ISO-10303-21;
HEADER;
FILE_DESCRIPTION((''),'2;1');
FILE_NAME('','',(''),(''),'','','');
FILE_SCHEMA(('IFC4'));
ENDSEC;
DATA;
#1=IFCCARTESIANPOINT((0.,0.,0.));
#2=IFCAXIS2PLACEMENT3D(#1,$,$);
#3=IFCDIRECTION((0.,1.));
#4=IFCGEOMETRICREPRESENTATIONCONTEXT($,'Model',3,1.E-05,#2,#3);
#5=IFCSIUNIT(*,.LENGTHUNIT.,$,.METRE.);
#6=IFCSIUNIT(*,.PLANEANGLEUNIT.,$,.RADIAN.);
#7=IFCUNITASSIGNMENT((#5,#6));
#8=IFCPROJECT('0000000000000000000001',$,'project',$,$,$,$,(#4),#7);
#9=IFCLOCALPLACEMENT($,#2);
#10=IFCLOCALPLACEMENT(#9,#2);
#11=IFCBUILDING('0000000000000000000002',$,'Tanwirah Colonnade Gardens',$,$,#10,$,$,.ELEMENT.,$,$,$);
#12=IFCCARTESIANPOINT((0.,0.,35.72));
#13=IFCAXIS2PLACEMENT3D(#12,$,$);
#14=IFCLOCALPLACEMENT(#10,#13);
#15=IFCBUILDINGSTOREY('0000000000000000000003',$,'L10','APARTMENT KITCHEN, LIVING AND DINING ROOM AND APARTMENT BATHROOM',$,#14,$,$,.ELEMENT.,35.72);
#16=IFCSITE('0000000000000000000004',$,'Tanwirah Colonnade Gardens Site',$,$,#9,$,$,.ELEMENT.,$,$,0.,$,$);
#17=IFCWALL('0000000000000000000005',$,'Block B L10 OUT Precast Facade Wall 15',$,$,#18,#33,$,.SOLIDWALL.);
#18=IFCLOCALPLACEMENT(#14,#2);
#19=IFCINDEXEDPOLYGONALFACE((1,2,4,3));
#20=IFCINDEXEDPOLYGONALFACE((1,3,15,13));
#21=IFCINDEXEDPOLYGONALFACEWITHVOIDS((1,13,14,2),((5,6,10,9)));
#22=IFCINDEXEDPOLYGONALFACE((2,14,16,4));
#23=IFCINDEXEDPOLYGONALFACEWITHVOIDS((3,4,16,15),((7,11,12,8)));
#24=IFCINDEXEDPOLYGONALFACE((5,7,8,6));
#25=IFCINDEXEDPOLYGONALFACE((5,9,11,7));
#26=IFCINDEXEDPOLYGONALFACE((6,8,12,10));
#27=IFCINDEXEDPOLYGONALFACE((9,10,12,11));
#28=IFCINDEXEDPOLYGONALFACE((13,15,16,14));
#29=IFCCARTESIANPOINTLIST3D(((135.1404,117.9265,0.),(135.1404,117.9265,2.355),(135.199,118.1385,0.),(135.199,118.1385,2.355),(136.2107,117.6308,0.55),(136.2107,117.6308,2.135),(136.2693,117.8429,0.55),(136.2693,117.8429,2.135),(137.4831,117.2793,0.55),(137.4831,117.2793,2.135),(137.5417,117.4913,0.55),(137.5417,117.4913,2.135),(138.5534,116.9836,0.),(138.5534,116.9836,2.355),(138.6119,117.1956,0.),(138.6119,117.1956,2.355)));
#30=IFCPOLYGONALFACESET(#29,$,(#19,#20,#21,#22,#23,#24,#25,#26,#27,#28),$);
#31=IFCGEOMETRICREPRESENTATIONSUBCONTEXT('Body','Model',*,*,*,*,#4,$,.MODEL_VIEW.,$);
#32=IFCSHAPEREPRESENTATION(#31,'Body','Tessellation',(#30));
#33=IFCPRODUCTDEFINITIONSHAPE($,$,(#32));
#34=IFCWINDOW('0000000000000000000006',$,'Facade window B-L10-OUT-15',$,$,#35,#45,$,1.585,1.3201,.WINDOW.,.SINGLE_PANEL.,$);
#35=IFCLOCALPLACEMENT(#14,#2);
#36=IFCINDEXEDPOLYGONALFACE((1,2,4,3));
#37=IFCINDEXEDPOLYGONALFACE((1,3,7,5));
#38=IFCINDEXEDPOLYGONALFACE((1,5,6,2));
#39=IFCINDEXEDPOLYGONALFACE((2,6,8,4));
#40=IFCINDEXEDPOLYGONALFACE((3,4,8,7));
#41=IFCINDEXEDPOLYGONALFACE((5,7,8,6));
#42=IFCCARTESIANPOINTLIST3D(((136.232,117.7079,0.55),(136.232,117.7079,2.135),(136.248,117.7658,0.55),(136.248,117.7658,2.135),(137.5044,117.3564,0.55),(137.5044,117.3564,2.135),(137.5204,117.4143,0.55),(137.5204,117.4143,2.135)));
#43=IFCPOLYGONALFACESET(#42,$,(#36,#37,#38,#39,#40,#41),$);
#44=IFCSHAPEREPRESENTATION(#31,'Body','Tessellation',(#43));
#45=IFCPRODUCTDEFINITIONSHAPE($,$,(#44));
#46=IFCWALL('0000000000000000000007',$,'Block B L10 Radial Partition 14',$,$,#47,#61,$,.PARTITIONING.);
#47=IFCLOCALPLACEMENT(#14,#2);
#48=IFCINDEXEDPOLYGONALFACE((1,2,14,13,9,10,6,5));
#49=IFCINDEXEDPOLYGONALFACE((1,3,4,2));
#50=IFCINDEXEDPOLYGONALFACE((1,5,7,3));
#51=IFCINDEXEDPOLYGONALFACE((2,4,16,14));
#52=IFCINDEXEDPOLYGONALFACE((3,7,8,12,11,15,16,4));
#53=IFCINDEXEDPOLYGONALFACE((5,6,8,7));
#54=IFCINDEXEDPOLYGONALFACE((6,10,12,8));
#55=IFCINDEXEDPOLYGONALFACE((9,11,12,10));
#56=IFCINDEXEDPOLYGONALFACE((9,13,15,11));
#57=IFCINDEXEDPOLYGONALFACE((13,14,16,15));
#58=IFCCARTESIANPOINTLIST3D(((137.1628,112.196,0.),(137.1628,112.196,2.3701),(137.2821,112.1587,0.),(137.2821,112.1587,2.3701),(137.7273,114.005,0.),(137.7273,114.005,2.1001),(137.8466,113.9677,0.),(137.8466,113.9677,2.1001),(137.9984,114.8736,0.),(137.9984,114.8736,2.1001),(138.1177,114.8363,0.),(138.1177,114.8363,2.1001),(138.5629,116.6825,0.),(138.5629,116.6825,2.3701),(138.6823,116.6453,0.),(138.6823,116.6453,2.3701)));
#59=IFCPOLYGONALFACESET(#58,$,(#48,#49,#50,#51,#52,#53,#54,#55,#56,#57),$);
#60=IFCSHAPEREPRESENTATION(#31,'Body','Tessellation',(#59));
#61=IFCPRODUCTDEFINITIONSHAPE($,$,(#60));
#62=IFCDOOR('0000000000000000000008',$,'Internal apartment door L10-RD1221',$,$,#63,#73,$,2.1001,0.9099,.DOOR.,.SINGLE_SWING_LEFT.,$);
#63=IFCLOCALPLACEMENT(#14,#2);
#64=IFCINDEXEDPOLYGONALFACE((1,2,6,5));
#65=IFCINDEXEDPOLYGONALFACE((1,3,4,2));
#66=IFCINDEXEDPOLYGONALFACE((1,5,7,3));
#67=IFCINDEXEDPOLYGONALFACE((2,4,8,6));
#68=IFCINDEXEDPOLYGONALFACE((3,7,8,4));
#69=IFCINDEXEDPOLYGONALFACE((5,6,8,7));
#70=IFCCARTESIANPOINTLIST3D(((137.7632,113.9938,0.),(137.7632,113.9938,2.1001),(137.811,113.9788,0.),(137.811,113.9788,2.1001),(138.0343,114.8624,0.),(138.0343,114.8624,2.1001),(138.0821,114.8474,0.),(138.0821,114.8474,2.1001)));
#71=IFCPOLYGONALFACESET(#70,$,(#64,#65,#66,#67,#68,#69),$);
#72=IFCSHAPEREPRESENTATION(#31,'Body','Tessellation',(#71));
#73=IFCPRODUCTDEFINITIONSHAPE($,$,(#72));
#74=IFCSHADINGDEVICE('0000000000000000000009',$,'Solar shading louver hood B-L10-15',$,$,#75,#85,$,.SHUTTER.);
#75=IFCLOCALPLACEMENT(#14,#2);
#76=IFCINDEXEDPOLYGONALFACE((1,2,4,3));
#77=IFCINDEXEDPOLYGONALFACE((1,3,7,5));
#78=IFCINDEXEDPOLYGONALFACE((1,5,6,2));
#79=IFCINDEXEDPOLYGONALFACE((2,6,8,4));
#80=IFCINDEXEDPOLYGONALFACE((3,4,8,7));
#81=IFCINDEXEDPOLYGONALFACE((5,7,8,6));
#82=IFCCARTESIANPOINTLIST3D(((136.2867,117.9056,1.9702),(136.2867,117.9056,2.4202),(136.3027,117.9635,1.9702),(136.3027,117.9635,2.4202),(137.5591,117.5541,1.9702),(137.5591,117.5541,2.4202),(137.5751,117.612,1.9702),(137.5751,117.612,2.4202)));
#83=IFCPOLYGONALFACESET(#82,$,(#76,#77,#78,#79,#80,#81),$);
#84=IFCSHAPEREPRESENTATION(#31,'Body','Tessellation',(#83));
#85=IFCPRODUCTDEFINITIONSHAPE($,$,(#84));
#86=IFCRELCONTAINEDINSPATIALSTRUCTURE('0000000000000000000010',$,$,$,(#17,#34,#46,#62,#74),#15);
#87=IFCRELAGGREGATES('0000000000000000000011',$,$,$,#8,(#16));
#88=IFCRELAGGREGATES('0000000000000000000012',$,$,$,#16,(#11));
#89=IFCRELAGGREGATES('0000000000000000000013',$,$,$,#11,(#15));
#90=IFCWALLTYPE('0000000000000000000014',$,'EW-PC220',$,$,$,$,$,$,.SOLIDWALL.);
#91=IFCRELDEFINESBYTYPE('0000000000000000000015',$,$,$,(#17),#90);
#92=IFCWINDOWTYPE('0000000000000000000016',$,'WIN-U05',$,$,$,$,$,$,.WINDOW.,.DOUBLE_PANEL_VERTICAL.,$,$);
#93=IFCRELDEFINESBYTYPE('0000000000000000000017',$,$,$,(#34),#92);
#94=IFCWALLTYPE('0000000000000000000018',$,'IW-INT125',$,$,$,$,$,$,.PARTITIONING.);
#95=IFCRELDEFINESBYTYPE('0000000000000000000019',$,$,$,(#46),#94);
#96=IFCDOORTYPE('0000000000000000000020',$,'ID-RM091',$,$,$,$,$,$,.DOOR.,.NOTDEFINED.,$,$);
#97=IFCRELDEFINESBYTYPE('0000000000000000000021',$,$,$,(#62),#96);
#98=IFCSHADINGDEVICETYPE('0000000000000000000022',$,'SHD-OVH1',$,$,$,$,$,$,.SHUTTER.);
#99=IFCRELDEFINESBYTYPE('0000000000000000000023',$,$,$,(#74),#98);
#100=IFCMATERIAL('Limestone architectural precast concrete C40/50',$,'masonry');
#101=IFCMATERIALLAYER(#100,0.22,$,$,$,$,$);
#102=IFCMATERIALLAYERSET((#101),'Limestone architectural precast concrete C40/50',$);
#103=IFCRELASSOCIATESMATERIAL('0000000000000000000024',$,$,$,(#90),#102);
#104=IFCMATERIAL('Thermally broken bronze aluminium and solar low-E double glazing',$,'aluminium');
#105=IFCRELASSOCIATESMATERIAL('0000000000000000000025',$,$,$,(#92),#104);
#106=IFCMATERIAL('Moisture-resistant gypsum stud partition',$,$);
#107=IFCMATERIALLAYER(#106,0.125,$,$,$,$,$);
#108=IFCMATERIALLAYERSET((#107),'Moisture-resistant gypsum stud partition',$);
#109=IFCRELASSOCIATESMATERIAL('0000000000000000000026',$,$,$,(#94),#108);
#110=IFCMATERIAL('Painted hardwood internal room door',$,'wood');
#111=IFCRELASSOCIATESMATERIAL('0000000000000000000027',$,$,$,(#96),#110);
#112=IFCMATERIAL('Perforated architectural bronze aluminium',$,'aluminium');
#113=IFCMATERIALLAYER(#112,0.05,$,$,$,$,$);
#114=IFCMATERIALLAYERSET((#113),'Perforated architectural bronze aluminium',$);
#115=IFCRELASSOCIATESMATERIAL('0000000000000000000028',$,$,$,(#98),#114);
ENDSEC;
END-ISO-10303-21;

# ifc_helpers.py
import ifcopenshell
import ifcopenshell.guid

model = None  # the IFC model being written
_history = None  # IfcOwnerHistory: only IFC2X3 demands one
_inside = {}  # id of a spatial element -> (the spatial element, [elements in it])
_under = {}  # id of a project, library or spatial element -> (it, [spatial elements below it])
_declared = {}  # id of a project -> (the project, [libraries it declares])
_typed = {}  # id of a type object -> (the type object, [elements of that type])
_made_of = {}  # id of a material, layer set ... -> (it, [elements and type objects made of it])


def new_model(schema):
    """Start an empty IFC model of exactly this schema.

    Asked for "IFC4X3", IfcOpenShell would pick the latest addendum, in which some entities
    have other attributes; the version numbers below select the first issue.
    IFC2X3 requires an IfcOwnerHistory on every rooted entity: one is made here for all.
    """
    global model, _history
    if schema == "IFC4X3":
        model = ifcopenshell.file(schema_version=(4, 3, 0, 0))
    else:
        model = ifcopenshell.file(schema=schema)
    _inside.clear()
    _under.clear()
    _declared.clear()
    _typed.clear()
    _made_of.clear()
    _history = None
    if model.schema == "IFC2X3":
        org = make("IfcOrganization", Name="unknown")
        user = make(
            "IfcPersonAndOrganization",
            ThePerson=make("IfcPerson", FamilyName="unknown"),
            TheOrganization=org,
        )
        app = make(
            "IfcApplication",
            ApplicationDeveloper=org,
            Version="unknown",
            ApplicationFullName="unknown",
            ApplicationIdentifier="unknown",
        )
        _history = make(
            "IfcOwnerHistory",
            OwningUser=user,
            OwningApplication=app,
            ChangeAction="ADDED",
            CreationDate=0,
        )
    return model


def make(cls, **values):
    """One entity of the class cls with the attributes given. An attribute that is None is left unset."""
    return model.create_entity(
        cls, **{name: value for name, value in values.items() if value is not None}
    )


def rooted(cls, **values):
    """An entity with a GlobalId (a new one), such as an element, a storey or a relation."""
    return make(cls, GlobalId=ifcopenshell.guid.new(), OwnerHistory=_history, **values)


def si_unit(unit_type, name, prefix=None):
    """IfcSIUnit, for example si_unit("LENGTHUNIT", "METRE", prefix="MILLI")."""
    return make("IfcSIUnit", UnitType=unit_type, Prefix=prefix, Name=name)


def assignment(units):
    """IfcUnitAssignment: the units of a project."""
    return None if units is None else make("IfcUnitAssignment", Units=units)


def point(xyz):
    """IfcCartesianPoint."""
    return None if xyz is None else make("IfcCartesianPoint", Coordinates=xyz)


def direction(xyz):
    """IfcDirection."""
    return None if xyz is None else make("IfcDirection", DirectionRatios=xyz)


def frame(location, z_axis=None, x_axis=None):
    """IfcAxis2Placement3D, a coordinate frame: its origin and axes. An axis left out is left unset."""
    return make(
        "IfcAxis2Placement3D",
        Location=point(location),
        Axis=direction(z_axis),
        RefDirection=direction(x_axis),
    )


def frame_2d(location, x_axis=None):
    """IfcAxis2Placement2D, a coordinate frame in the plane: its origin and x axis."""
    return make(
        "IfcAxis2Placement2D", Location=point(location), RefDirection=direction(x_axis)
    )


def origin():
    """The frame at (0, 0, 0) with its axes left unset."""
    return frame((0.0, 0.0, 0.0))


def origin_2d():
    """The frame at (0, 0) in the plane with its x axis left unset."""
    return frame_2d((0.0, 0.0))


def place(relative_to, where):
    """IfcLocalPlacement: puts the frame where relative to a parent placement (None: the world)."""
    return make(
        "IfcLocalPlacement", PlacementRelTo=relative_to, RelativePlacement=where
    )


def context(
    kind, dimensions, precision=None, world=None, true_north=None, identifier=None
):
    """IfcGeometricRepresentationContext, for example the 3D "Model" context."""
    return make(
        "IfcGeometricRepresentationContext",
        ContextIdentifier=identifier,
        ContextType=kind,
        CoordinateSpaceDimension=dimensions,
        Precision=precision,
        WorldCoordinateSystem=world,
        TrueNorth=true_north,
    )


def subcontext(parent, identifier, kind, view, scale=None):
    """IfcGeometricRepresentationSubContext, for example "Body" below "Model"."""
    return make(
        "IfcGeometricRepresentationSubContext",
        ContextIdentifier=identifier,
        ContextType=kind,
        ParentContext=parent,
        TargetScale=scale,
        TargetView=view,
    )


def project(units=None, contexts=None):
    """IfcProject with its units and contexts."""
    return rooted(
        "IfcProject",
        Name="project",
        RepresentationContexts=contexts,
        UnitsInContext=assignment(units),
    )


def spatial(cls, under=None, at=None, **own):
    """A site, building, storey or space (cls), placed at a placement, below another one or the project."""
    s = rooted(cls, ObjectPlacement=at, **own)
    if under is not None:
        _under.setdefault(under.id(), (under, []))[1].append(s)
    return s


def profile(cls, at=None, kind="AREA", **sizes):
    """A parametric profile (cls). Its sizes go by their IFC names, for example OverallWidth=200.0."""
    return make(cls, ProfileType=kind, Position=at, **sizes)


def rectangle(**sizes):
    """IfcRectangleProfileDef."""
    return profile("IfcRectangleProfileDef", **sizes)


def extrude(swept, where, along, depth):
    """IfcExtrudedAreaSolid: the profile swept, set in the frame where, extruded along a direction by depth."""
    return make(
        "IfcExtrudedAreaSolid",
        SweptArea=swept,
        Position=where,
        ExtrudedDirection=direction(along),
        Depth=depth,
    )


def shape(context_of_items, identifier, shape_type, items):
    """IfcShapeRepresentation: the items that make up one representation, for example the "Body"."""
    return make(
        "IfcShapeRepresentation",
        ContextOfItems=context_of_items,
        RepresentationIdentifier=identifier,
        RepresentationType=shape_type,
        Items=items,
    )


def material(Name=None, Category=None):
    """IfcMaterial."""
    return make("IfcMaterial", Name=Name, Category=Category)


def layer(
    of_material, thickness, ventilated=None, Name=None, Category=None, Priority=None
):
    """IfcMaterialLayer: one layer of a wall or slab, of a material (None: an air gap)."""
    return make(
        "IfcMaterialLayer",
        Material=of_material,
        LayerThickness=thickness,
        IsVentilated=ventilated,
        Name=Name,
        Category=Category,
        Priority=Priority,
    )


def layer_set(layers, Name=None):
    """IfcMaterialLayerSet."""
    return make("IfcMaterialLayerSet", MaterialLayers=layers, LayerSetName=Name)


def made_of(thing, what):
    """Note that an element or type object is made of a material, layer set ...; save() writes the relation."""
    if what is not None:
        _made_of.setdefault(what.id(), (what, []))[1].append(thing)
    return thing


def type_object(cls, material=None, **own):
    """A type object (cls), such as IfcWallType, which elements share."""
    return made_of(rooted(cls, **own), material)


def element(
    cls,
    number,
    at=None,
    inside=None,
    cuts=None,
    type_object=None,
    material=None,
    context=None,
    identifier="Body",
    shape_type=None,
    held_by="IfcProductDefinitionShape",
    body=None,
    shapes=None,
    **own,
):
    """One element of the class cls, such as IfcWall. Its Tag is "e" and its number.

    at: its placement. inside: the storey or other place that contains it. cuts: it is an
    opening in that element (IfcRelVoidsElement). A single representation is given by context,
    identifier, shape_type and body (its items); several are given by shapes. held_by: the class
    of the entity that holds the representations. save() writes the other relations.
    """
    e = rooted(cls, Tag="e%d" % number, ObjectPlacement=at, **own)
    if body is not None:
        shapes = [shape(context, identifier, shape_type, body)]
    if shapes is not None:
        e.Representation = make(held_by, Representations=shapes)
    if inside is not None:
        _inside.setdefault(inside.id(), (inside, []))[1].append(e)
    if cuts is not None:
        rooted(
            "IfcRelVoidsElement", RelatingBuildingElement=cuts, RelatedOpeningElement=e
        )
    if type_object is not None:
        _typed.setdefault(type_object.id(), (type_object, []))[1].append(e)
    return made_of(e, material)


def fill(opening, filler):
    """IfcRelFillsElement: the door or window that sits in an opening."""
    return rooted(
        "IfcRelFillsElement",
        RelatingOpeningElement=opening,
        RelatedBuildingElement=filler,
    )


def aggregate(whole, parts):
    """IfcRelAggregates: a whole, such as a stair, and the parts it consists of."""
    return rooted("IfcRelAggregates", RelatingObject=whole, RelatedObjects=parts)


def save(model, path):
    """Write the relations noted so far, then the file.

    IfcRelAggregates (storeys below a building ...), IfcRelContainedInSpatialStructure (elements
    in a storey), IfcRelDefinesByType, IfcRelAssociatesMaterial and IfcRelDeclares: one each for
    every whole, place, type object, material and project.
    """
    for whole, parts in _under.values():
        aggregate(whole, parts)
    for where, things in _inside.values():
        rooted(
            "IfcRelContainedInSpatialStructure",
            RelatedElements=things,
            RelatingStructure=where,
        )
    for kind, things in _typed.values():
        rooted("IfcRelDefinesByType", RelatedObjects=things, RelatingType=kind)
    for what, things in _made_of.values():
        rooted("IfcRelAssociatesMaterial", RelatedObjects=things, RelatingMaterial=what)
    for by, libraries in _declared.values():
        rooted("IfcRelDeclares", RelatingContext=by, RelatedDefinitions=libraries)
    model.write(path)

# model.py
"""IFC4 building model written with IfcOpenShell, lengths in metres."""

from ifc_helpers import new_model, si_unit, direction, frame, frame_2d, origin, origin_2d, place, context, subcontext, project, spatial, rectangle, extrude, material, layer, layer_set, type_object, element, fill, save


model = new_model("IFC4")

# Units and contexts
model_context = context("Model", 3, precision=1e-05, world=origin(), true_north=direction((0.0, 1.0)))
body_context = subcontext(model_context, "Body", "Model", "MODEL_VIEW")
ifc_project = project(units=[si_unit("LENGTHUNIT", "METRE"), si_unit("PLANEANGLEUNIT", "RADIAN")], contexts=[model_context])

# Site, building, storey
site_placement = place(None, origin())
site = spatial("IfcSite", under=ifc_project, at=site_placement, Name="Tanwirah Colonnade Gardens Site", CompositionType="ELEMENT", RefElevation=0.0)
building_placement = place(site_placement, origin())
building = spatial("IfcBuilding", under=site, at=building_placement, Name="Tanwirah Colonnade Gardens", CompositionType="ELEMENT")
storey_placement = place(building_placement, frame((0.0, 0.0, 35.72)))
storey = spatial("IfcBuildingStorey", under=building, at=storey_placement, Name="L10", Description="APARTMENT KITCHEN, LIVING AND DINING ROOM AND APARTMENT BATHROOM", CompositionType="ELEMENT", Elevation=35.72)

# Wall, opening, window
ifc_material_1 = material(Name="Limestone architectural precast concrete C40/50", Category="masonry")
ifc_layer_1 = layer(ifc_material_1, 0.22)
ifc_layer_set_1 = layer_set([ifc_layer_1], Name="Limestone architectural precast concrete C40/50")
wall_type_1 = type_object("IfcWallType", Name="EW-PC220", PredefinedType="SOLIDWALL", material=ifc_layer_set_1)
ifc_material_2 = material(Name="Thermally broken bronze aluminium and solar low-E double glazing", Category="aluminium")
wall_1_placement = place(storey_placement, frame((138.5828, 117.0896, 0.0), z_axis=(0.0, 0.0, 1.0), x_axis=(-0.963891, 0.266296, 0.0)))
wall_1 = element("IfcWall", 1, at=wall_1_placement, inside=storey, type_object=wall_type_1, Name="Block B L10 OUT Precast Facade Wall 15", PredefinedType="SOLIDWALL", context=body_context, shape_type="SweptSolid", body=[
    extrude(rectangle(XDim=3.5408, YDim=0.22, at=frame_2d((1.7705, 0.0))), origin(), (0.0, 0.0, 1.0), 2.355),
])
opening_1_placement = place(wall_1_placement, frame((1.1104, 0.0, 0.55)))
opening_1 = element("IfcOpeningElement", 2, at=opening_1_placement, cuts=wall_1, PredefinedType="OPENING", context=body_context, shape_type="SweptSolid", body=[
    extrude(rectangle(XDim=1.3201, YDim=1.585, at=frame_2d((0.6602, 0.7925))), frame((0.0, 0.1199, 0.0), z_axis=(0.0, -1.0, 0.0), x_axis=(1.0, 0.0, 0.0)), (0.0, 0.0, 1.0), 0.24),
])
window_type_1 = type_object("IfcWindowType", Name="WIN-U05", PartitioningType="DOUBLE_PANEL_VERTICAL", PredefinedType="WINDOW", material=ifc_material_2)
window_1_placement = place(opening_1_placement, origin())
window_1 = element("IfcWindow", 3, at=window_1_placement, inside=storey, type_object=window_type_1, Name="Facade window B-L10-OUT-15", OverallHeight=1.585, OverallWidth=1.3201, PartitioningType="SINGLE_PANEL", PredefinedType="WINDOW", context=body_context, shape_type="SweptSolid", body=[
    extrude(rectangle(XDim=1.3201, YDim=1.585, at=frame_2d((0.6602, 0.7925))), frame((0.0, 0.03, 0.0), z_axis=(0.0, -1.0, 0.0), x_axis=(1.0, 0.0, 0.0)), (0.0, 0.0, 1.0), 0.0601),
])
fill(opening_1, window_1)

# Wall, opening, door
ifc_material_3 = material(Name="Moisture-resistant gypsum stud partition")
ifc_layer_2 = layer(ifc_material_3, 0.125)
ifc_layer_set_2 = layer_set([ifc_layer_2], Name="Moisture-resistant gypsum stud partition")
wall_type_2 = type_object("IfcWallType", Name="IW-INT125", PredefinedType="PARTITIONING", material=ifc_layer_set_2)
wall_2_placement = place(storey_placement, frame((137.2224, 112.1772, 0.0), z_axis=(0.0, 0.0, 1.0), x_axis=(0.297905, 0.954595, 0.0)))
wall_2 = element("IfcWall", 4, at=wall_2_placement, inside=storey, type_object=wall_type_2, Name="Block B L10 Radial Partition 14", PredefinedType="PARTITIONING", context=body_context, shape_type="SweptSolid", body=[
    extrude(rectangle(XDim=4.7, YDim=0.125, at=frame_2d((2.3501, 0.0))), origin(), (0.0, 0.0, 1.0), 2.3701),
])
opening_2_placement = place(wall_2_placement, frame((1.895, 0.0, 0.0)))
opening_2 = element("IfcOpeningElement", 5, at=opening_2_placement, cuts=wall_2, PredefinedType="OPENING", context=body_context, shape_type="SweptSolid", body=[
    extrude(rectangle(XDim=0.9099, YDim=2.1001, at=frame_2d((0.4551, 1.05))), frame((0.0, 0.0725, 0.0), z_axis=(0.0, -1.0, 0.0), x_axis=(1.0, 0.0, 0.0)), (0.0, 0.0, 1.0), 0.145),
])
ifc_material_4 = material(Name="Painted hardwood internal room door", Category="wood")
door_type = type_object("IfcDoorType", Name="ID-RM091", OperationType="NOTDEFINED", PredefinedType="DOOR", material=ifc_material_4)
door_placement = place(opening_2_placement, origin())
door = element("IfcDoor", 6, at=door_placement, inside=storey, type_object=door_type, Name="Internal apartment door L10-RD1221", OperationType="SINGLE_SWING_LEFT", OverallHeight=2.1001, OverallWidth=0.9099, PredefinedType="DOOR", context=body_context, shape_type="SweptSolid", body=[
    extrude(rectangle(XDim=0.9099, YDim=2.1001, at=frame_2d((0.4551, 1.05))), frame((0.0, 0.0249, 0.0), z_axis=(0.0, -1.0, 0.0), x_axis=(1.0, 0.0, 0.0)), (0.0, 0.0, 1.0), 0.05),
])
fill(opening_2, door)

# Shading device
ifc_material_5 = material(Name="Perforated architectural bronze aluminium", Category="aluminium")
ifc_layer_3 = layer(ifc_material_5, 0.05)
ifc_layer_set_3 = layer_set([ifc_layer_3], Name="Perforated architectural bronze aluminium")
shading_device_type = type_object("IfcShadingDeviceType", Name="SHD-OVH1", PredefinedType="SHUTTER", material=ifc_layer_set_3)
shading_device_placement = place(storey_placement, frame((136.9309, 117.7588, 1.9702), z_axis=(0.0, 0.0, 1.0), x_axis=(-0.963889, 0.266303, 0.0)))
element("IfcShadingDevice", 7, at=shading_device_placement, inside=storey, type_object=shading_device_type, Name="Solar shading louver hood B-L10-15", PredefinedType="SHUTTER", context=body_context, shape_type="SweptSolid", body=[
    extrude(rectangle(XDim=1.3201, YDim=0.0601, at=origin_2d()), origin(), (0.0, 0.0, 1.0), 0.45),
])

save(model, "model.ifc")
